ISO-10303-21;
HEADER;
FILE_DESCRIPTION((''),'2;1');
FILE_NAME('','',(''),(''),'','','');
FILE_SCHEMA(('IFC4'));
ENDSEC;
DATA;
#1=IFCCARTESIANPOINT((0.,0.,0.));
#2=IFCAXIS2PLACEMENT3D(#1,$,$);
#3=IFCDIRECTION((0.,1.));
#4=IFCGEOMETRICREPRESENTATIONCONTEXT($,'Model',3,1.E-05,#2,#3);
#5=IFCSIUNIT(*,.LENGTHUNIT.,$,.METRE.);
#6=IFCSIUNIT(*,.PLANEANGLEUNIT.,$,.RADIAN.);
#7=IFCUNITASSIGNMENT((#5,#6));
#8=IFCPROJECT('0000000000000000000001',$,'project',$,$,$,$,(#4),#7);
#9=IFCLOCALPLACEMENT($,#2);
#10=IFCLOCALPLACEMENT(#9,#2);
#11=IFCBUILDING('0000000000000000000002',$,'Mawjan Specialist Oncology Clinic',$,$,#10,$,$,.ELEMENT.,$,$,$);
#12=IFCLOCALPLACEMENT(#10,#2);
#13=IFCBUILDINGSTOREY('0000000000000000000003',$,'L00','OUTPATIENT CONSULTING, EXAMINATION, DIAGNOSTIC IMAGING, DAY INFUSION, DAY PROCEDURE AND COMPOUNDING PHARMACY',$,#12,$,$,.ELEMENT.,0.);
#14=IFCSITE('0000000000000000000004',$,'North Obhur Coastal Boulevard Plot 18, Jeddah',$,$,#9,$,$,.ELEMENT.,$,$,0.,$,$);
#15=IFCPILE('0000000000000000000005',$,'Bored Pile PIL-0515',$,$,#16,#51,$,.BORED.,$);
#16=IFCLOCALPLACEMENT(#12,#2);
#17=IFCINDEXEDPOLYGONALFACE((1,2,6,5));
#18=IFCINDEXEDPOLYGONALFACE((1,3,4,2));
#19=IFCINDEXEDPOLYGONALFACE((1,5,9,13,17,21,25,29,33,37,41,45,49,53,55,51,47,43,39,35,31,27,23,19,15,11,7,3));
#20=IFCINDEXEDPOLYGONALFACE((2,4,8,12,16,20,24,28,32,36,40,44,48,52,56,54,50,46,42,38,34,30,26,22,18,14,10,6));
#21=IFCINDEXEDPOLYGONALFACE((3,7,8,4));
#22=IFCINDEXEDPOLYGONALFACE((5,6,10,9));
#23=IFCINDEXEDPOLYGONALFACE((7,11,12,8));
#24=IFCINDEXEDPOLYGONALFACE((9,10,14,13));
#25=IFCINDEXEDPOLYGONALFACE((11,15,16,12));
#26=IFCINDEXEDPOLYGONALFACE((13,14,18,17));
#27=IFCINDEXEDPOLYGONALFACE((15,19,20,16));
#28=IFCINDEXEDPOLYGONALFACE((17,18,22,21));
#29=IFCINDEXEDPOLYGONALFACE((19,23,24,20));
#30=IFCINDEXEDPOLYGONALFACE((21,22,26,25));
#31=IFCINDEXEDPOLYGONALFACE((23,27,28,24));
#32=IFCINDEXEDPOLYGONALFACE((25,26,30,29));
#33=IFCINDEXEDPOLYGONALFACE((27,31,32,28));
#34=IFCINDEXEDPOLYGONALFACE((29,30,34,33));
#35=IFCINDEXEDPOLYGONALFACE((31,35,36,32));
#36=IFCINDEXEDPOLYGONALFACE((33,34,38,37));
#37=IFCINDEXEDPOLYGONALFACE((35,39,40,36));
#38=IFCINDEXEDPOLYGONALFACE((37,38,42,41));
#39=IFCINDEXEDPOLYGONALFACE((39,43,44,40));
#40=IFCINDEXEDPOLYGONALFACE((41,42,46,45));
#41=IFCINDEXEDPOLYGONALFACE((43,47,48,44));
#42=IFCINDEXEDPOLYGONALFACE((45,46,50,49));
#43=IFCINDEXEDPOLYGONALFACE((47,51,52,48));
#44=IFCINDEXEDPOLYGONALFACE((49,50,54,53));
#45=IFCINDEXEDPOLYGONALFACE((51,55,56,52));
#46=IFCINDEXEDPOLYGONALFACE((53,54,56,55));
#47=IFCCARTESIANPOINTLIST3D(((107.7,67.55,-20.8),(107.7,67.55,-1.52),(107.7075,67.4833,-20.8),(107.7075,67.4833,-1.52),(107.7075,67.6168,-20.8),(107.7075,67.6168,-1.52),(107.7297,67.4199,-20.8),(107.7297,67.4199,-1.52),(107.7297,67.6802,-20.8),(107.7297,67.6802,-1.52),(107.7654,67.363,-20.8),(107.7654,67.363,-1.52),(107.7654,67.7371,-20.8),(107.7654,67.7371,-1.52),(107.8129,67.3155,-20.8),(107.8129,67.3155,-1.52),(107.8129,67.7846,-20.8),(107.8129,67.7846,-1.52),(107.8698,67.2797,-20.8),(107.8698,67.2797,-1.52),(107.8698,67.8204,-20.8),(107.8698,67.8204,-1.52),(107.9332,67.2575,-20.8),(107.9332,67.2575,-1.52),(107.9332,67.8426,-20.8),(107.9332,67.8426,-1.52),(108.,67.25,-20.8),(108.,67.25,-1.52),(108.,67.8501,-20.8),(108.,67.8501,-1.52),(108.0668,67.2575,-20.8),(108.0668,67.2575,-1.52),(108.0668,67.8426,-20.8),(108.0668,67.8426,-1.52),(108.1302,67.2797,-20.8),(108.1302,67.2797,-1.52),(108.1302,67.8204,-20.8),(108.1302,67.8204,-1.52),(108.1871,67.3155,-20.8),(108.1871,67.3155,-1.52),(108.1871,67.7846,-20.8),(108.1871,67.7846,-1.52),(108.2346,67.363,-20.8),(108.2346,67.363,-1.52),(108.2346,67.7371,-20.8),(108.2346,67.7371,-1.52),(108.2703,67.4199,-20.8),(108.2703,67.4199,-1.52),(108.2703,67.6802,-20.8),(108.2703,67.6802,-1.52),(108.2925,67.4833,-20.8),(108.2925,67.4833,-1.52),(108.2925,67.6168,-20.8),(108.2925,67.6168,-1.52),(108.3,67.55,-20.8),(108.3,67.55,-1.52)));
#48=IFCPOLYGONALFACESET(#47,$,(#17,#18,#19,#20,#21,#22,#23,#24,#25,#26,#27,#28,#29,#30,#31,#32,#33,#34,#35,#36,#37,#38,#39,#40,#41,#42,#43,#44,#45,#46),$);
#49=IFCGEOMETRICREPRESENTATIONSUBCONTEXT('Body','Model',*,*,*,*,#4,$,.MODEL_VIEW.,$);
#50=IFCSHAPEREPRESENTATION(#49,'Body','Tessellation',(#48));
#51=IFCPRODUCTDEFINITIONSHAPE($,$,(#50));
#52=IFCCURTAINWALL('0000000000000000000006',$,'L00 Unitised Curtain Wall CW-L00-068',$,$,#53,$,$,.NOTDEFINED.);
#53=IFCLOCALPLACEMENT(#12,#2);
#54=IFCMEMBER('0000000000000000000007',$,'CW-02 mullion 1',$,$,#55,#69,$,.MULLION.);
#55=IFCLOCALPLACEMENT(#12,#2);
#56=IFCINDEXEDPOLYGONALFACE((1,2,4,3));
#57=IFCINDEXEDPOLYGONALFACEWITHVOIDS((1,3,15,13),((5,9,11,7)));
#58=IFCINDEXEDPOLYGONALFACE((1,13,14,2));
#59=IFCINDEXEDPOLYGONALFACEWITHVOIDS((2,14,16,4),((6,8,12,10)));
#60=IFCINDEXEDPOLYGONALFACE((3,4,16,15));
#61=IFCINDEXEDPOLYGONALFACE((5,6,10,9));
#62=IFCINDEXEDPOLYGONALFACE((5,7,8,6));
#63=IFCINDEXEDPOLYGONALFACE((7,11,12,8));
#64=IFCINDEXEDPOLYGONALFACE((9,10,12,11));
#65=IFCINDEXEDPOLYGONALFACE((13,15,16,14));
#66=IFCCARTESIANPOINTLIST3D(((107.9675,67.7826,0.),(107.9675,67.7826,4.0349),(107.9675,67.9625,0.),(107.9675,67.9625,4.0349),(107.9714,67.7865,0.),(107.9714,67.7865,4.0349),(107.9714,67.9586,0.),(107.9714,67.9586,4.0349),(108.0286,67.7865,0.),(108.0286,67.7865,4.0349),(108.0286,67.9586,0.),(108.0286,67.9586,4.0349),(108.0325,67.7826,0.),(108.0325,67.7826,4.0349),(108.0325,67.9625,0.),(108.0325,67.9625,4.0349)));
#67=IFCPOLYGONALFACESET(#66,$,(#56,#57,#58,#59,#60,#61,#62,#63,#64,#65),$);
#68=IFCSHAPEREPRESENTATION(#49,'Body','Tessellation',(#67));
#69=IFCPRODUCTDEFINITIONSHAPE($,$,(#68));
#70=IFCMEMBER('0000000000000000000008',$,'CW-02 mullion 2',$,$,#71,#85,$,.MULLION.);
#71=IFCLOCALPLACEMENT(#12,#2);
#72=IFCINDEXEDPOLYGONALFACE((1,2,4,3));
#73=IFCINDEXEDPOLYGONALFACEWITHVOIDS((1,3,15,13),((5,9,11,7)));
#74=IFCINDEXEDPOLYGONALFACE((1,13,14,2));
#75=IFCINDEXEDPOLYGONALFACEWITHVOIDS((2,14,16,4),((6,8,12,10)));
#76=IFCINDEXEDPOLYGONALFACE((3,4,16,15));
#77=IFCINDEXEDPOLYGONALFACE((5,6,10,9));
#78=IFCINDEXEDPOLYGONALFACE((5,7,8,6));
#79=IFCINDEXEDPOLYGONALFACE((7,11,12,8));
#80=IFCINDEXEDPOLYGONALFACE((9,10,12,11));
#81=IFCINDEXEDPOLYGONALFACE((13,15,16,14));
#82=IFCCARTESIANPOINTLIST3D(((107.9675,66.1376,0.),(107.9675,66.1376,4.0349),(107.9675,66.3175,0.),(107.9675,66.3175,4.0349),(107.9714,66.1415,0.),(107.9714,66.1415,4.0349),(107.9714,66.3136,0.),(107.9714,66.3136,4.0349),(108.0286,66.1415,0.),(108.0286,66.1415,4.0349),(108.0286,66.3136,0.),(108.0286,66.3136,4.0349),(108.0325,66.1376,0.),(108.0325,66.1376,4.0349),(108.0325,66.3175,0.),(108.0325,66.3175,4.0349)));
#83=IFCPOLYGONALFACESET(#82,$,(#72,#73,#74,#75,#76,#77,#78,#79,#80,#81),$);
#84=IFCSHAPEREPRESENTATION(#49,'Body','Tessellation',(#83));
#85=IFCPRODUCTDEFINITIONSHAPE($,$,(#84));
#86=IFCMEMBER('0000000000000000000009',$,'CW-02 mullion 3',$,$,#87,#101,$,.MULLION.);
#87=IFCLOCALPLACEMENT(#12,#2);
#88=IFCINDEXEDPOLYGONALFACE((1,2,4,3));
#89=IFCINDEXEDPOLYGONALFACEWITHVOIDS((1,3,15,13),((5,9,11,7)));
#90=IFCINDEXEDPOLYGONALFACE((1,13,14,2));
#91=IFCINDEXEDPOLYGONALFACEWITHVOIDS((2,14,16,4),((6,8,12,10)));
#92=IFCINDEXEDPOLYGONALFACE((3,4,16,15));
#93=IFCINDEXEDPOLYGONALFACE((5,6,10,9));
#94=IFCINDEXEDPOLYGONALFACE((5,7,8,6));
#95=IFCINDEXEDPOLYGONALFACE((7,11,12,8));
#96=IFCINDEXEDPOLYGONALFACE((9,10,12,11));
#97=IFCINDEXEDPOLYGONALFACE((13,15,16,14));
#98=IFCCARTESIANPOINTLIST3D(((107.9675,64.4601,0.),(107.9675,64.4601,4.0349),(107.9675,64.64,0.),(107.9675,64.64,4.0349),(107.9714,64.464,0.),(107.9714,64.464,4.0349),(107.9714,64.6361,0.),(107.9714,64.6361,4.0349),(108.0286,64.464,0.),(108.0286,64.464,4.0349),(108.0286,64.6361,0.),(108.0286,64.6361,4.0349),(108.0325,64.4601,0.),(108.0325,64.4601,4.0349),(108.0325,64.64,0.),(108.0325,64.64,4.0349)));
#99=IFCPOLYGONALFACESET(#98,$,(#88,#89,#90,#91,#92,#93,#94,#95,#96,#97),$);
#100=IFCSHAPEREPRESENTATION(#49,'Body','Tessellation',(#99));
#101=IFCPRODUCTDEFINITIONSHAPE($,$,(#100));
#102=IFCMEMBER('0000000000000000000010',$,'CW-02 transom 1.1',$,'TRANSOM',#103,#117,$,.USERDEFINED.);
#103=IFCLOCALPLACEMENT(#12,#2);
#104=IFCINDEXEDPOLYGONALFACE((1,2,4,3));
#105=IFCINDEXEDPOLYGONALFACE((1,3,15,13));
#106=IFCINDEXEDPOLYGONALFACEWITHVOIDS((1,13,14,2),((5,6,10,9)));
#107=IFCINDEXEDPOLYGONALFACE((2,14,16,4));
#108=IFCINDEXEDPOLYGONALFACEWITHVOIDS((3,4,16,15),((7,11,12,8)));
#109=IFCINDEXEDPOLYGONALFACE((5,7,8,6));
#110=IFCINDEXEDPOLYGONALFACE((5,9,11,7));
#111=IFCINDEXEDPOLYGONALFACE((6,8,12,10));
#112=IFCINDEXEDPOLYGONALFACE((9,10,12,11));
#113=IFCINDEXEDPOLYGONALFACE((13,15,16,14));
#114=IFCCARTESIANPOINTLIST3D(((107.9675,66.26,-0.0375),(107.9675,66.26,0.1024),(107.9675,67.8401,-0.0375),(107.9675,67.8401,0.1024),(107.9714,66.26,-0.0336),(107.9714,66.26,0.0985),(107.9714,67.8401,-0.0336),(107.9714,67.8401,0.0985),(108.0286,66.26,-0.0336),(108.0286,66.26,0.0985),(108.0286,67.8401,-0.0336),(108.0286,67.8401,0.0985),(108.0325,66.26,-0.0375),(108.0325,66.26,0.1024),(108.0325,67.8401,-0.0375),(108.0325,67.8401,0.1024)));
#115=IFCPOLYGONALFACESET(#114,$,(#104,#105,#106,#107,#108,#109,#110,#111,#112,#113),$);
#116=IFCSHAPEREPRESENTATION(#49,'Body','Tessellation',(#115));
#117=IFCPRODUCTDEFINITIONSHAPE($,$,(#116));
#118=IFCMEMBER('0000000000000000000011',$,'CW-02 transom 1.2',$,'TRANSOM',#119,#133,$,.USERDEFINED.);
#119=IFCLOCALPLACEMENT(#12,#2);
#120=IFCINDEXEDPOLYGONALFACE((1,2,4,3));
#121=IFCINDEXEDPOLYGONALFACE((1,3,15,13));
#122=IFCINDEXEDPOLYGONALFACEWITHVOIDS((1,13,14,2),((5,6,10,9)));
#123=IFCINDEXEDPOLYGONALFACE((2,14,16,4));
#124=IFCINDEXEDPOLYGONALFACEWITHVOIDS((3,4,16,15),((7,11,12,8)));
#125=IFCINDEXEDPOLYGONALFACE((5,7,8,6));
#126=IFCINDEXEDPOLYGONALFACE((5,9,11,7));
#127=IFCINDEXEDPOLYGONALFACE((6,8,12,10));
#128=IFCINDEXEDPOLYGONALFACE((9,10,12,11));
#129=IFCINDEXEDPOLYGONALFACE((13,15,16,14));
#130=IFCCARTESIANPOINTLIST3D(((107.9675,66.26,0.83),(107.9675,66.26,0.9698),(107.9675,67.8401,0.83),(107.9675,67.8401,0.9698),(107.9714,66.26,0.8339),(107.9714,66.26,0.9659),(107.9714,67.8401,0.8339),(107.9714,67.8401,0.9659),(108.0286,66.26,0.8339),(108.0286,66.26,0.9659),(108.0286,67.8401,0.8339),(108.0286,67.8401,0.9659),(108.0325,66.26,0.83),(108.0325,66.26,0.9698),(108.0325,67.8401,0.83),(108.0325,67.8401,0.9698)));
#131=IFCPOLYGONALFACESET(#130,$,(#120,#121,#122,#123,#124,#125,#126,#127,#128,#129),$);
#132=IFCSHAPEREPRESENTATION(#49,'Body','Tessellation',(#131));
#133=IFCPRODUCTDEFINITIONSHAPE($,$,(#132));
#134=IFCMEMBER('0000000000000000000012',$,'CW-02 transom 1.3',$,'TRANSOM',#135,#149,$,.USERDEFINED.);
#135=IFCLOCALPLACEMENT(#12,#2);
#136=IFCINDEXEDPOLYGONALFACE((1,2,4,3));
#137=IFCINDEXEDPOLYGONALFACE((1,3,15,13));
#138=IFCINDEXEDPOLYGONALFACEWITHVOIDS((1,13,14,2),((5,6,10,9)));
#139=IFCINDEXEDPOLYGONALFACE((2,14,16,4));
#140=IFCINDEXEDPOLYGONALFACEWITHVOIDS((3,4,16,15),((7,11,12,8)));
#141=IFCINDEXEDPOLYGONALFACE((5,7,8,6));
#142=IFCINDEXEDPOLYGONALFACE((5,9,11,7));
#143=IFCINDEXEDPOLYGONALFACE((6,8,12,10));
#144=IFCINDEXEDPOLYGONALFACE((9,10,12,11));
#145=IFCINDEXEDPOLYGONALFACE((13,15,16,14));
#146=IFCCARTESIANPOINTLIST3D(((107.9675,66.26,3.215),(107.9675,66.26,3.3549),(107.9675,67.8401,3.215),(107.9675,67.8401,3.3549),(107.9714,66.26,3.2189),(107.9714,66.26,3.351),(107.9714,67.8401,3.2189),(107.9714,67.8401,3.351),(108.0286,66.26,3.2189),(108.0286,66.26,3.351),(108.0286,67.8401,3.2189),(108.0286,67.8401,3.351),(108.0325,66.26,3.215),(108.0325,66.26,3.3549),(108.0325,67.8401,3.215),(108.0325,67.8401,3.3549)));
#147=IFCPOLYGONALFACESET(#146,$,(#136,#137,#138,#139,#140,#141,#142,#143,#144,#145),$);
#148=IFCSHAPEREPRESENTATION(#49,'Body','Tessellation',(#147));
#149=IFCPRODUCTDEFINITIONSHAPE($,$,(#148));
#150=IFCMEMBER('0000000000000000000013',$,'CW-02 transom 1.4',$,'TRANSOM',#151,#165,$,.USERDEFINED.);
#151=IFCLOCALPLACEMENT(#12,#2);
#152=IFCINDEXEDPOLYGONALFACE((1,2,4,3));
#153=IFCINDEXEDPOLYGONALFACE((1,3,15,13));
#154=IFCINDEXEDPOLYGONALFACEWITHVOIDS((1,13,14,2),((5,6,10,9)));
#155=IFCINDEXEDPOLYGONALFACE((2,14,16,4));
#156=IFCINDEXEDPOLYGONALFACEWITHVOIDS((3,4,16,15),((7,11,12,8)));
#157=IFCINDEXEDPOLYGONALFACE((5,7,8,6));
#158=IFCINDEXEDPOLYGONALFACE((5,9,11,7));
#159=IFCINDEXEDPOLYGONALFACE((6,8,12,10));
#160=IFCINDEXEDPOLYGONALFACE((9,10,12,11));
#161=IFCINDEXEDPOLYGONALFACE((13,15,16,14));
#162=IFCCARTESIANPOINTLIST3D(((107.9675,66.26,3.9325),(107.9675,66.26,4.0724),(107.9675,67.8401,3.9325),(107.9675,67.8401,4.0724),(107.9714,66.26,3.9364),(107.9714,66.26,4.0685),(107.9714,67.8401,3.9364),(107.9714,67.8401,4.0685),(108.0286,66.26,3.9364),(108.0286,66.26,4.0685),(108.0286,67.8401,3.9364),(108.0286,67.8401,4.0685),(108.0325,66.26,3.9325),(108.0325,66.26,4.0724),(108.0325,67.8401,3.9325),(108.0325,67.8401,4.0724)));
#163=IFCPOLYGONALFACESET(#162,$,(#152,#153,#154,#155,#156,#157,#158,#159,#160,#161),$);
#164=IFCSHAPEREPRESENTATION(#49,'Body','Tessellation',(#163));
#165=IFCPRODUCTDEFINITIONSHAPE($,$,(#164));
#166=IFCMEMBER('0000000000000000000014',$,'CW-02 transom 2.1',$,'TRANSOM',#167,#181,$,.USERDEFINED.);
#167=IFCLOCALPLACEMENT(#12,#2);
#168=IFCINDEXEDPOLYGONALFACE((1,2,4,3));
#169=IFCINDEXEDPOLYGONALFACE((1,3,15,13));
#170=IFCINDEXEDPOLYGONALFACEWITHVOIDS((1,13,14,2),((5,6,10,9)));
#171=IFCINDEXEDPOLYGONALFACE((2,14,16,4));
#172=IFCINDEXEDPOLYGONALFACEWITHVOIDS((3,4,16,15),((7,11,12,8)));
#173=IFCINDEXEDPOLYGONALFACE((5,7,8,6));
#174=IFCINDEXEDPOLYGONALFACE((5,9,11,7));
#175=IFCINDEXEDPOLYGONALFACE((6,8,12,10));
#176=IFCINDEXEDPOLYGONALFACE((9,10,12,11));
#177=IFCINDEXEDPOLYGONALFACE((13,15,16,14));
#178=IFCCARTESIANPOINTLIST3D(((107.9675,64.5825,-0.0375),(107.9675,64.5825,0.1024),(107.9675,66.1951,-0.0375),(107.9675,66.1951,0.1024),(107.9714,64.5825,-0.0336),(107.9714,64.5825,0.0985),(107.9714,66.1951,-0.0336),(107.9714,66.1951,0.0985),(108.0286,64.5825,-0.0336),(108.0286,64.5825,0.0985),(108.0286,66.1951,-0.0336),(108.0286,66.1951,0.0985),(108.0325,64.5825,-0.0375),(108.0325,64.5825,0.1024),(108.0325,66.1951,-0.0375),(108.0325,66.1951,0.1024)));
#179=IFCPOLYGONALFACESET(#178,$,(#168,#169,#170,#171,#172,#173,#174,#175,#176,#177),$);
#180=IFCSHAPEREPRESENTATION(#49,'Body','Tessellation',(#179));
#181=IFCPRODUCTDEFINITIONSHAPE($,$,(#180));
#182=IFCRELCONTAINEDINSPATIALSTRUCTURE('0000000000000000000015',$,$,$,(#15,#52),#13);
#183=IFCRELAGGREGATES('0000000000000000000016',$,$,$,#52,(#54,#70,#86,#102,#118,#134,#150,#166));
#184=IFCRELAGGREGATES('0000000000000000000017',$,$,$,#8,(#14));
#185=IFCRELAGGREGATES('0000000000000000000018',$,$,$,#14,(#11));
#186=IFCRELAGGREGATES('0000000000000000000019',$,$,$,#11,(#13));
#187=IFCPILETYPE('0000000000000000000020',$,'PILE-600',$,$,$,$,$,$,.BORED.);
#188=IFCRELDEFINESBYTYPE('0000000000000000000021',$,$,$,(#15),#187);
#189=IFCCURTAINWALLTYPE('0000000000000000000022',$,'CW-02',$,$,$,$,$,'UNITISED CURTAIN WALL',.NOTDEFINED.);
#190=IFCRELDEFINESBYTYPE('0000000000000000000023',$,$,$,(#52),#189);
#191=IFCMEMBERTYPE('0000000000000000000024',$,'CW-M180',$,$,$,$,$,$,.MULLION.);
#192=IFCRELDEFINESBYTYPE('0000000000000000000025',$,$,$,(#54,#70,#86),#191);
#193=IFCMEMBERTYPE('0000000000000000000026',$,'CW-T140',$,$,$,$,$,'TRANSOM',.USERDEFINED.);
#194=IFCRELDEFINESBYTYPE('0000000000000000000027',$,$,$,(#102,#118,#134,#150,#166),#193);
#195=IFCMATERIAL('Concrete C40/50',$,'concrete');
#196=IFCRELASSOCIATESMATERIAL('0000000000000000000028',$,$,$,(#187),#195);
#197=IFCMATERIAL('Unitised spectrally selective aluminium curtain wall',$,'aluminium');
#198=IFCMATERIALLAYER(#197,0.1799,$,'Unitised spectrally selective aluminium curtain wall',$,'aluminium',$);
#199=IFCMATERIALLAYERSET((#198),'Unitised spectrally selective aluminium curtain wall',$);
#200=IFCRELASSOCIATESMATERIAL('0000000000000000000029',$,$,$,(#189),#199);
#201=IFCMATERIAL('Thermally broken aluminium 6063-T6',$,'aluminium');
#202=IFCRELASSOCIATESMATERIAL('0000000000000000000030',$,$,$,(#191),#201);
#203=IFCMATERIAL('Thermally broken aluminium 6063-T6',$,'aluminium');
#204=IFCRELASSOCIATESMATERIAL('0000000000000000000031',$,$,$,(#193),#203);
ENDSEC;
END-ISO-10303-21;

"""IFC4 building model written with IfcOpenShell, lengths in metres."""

from ifc_helpers import new_model, si_unit, direction, frame, origin, origin_2d, place, context, subcontext, project, spatial, hollow_rectangle, circle, extrude, material, layer, layer_set, material_profile, profile_set, type_object, element, aggregate, save


model = new_model("IFC4")

# Units and contexts
model_context = context("Model", 3, precision=1e-05, world=origin(), true_north=direction((0.0, 1.0)))
body_context = subcontext(model_context, "Body", "Model", "MODEL_VIEW")
ifc_project = project(units=[si_unit("LENGTHUNIT", "METRE"), si_unit("PLANEANGLEUNIT", "RADIAN")], contexts=[model_context])

# Site, building, storey
site_placement = place(None, origin())
site = spatial("IfcSite", under=ifc_project, at=site_placement, Name="North Obhur Coastal Boulevard Plot 18, Jeddah", CompositionType="ELEMENT", RefElevation=0.0)
building_placement = place(site_placement, origin())
building = spatial("IfcBuilding", under=site, at=building_placement, Name="Mawjan Specialist Oncology Clinic", CompositionType="ELEMENT")
storey_placement = place(building_placement, origin())
storey = spatial("IfcBuildingStorey", under=building, at=storey_placement, Name="L00", Description="OUTPATIENT CONSULTING, EXAMINATION, DIAGNOSTIC IMAGING, DAY INFUSION, DAY PROCEDURE AND COMPOUNDING PHARMACY", CompositionType="ELEMENT", Elevation=0.0)

# Pile
ifc_material_1 = material(Name="Concrete C40/50", Category="concrete")
ifc_material_profile_1 = material_profile(ifc_material_1, circle(Radius=0.3, at=origin_2d()), Name="BORED PILE D600", Category="concrete")
ifc_profile_set_1 = profile_set([ifc_material_profile_1], Name="Concrete C40/50")
pile_type = type_object("IfcPileType", Name="PILE-600", PredefinedType="BORED", material=ifc_profile_set_1)
pile_placement = place(storey_placement, frame((108.0, 67.55, -1.52), z_axis=(0.0, 0.0, -1.0), x_axis=(1.0, 0.0, 0.0)))
element("IfcPile", 1, at=pile_placement, inside=storey, type_object=pile_type, Name="Bored Pile PIL-0515", PredefinedType="BORED", context=body_context, shape_type="SweptSolid", body=[
    extrude(circle(Radius=0.3, at=origin_2d()), origin(), (0.0, 0.0, 1.0), 19.28),
])

# Curtain wall, members
ifc_material_2 = material(Name="Unitised spectrally selective aluminium curtain wall", Category="aluminium")
ifc_layer_1 = layer(ifc_material_2, 0.1799, Name="Unitised spectrally selective aluminium curtain wall", Category="aluminium")
ifc_layer_set_1 = layer_set([ifc_layer_1], Name="Unitised spectrally selective aluminium curtain wall")
curtain_wall_type = type_object("IfcCurtainWallType", Name="CW-02", ElementType="UNITISED CURTAIN WALL", PredefinedType="NOTDEFINED", material=ifc_layer_set_1)
curtain_wall_placement = place(storey_placement, origin())
curtain_wall = element("IfcCurtainWall", 2, at=curtain_wall_placement, inside=storey, type_object=curtain_wall_type, Name="L00 Unitised Curtain Wall CW-L00-068", PredefinedType="NOTDEFINED")
ifc_material_3 = material(Name="Thermally broken aluminium 6063-T6", Category="aluminium")
ifc_material_profile_2 = material_profile(ifc_material_3, hollow_rectangle(XDim=0.0649, YDim=0.1799, WallThickness=0.0039, at=origin_2d()), Name="ALU MULLION 180x65x4", Category="aluminium")
ifc_profile_set_2 = profile_set([ifc_material_profile_2], Name="Thermally broken aluminium 6063-T6")
member_type_1 = type_object("IfcMemberType", Name="CW-M180", PredefinedType="MULLION", material=ifc_profile_set_2)
member_1_placement = place(storey_placement, frame((108.0, 67.8726, 0.0), z_axis=(0.0, 0.0, 1.0), x_axis=(1.0, 0.0, 0.0)))
member_1 = element("IfcMember", 3, at=member_1_placement, type_object=member_type_1, Name="CW-02 mullion 1", PredefinedType="MULLION", context=body_context, shape_type="SweptSolid", body=[
    extrude(hollow_rectangle(XDim=0.0649, YDim=0.1799, WallThickness=0.0039, at=origin_2d()), origin(), (0.0, 0.0, 1.0), 4.0349),
])
member_2_placement = place(storey_placement, frame((108.0, 66.2275, 0.0), z_axis=(0.0, 0.0, 1.0), x_axis=(1.0, 0.0, 0.0)))
member_2 = element("IfcMember", 4, at=member_2_placement, type_object=member_type_1, Name="CW-02 mullion 2", PredefinedType="MULLION", context=body_context, shape_type="SweptSolid", body=[
    extrude(hollow_rectangle(XDim=0.0649, YDim=0.1799, WallThickness=0.0039, at=origin_2d()), origin(), (0.0, 0.0, 1.0), 4.0349),
])
member_3_placement = place(storey_placement, frame((108.0, 64.55, 0.0), z_axis=(0.0, 0.0, 1.0), x_axis=(1.0, 0.0, 0.0)))
member_3 = element("IfcMember", 5, at=member_3_placement, type_object=member_type_1, Name="CW-02 mullion 3", PredefinedType="MULLION", context=body_context, shape_type="SweptSolid", body=[
    extrude(hollow_rectangle(XDim=0.0649, YDim=0.1799, WallThickness=0.0039, at=origin_2d()), origin(), (0.0, 0.0, 1.0), 4.0349),
])
ifc_material_4 = material(Name="Thermally broken aluminium 6063-T6", Category="aluminium")
ifc_material_profile_3 = material_profile(ifc_material_4, hollow_rectangle(XDim=0.0649, YDim=0.1399, WallThickness=0.0039, at=origin_2d()), Name="ALU TRANSOM 140x65x4", Category="aluminium")
ifc_profile_set_3 = profile_set([ifc_material_profile_3], Name="Thermally broken aluminium 6063-T6")
member_type_2 = type_object("IfcMemberType", Name="CW-T140", ElementType="TRANSOM", PredefinedType="USERDEFINED", material=ifc_profile_set_3)
member_4_placement = place(storey_placement, frame((108.0, 67.8401, 0.0325), z_axis=(0.0, -1.0, 0.0), x_axis=(1.0, 0.0, 0.0)))
member_4 = element("IfcMember", 6, at=member_4_placement, type_object=member_type_2, Name="CW-02 transom 1.1", ObjectType="TRANSOM", PredefinedType="USERDEFINED", context=body_context, shape_type="SweptSolid", body=[
    extrude(hollow_rectangle(XDim=0.0649, YDim=0.1399, WallThickness=0.0039, at=origin_2d()), origin(), (0.0, 0.0, 1.0), 1.5801),
])
member_5_placement = place(storey_placement, frame((108.0, 67.8401, 0.8999), z_axis=(0.0, -1.0, 0.0), x_axis=(1.0, 0.0, 0.0)))
member_5 = element("IfcMember", 7, at=member_5_placement, type_object=member_type_2, Name="CW-02 transom 1.2", ObjectType="TRANSOM", PredefinedType="USERDEFINED", context=body_context, shape_type="SweptSolid", body=[
    extrude(hollow_rectangle(XDim=0.0649, YDim=0.1399, WallThickness=0.0039, at=origin_2d()), origin(), (0.0, 0.0, 1.0), 1.5801),
])
member_6_placement = place(storey_placement, frame((108.0, 67.8401, 3.2849), z_axis=(0.0, -1.0, 0.0), x_axis=(1.0, 0.0, 0.0)))
member_6 = element("IfcMember", 8, at=member_6_placement, type_object=member_type_2, Name="CW-02 transom 1.3", ObjectType="TRANSOM", PredefinedType="USERDEFINED", context=body_context, shape_type="SweptSolid", body=[
    extrude(hollow_rectangle(XDim=0.0649, YDim=0.1399, WallThickness=0.0039, at=origin_2d()), origin(), (0.0, 0.0, 1.0), 1.5801),
])
member_7_placement = place(storey_placement, frame((108.0, 67.8401, 4.0024), z_axis=(0.0, -1.0, 0.0), x_axis=(1.0, 0.0, 0.0)))
member_7 = element("IfcMember", 9, at=member_7_placement, type_object=member_type_2, Name="CW-02 transom 1.4", ObjectType="TRANSOM", PredefinedType="USERDEFINED", context=body_context, shape_type="SweptSolid", body=[
    extrude(hollow_rectangle(XDim=0.0649, YDim=0.1399, WallThickness=0.0039, at=origin_2d()), origin(), (0.0, 0.0, 1.0), 1.5801),
])
member_8_placement = place(storey_placement, frame((108.0, 66.1951, 0.0325), z_axis=(0.0, -1.0, 0.0), x_axis=(1.0, 0.0, 0.0)))
member_8 = element("IfcMember", 10, at=member_8_placement, type_object=member_type_2, Name="CW-02 transom 2.1", ObjectType="TRANSOM", PredefinedType="USERDEFINED", context=body_context, shape_type="SweptSolid", body=[
    extrude(hollow_rectangle(XDim=0.0649, YDim=0.1399, WallThickness=0.0039, at=origin_2d()), origin(), (0.0, 0.0, 1.0), 1.6125),
])
aggregate(curtain_wall, [member_1, member_2, member_3, member_4, member_5, member_6, member_7, member_8])

save(model, "model.ifc")
